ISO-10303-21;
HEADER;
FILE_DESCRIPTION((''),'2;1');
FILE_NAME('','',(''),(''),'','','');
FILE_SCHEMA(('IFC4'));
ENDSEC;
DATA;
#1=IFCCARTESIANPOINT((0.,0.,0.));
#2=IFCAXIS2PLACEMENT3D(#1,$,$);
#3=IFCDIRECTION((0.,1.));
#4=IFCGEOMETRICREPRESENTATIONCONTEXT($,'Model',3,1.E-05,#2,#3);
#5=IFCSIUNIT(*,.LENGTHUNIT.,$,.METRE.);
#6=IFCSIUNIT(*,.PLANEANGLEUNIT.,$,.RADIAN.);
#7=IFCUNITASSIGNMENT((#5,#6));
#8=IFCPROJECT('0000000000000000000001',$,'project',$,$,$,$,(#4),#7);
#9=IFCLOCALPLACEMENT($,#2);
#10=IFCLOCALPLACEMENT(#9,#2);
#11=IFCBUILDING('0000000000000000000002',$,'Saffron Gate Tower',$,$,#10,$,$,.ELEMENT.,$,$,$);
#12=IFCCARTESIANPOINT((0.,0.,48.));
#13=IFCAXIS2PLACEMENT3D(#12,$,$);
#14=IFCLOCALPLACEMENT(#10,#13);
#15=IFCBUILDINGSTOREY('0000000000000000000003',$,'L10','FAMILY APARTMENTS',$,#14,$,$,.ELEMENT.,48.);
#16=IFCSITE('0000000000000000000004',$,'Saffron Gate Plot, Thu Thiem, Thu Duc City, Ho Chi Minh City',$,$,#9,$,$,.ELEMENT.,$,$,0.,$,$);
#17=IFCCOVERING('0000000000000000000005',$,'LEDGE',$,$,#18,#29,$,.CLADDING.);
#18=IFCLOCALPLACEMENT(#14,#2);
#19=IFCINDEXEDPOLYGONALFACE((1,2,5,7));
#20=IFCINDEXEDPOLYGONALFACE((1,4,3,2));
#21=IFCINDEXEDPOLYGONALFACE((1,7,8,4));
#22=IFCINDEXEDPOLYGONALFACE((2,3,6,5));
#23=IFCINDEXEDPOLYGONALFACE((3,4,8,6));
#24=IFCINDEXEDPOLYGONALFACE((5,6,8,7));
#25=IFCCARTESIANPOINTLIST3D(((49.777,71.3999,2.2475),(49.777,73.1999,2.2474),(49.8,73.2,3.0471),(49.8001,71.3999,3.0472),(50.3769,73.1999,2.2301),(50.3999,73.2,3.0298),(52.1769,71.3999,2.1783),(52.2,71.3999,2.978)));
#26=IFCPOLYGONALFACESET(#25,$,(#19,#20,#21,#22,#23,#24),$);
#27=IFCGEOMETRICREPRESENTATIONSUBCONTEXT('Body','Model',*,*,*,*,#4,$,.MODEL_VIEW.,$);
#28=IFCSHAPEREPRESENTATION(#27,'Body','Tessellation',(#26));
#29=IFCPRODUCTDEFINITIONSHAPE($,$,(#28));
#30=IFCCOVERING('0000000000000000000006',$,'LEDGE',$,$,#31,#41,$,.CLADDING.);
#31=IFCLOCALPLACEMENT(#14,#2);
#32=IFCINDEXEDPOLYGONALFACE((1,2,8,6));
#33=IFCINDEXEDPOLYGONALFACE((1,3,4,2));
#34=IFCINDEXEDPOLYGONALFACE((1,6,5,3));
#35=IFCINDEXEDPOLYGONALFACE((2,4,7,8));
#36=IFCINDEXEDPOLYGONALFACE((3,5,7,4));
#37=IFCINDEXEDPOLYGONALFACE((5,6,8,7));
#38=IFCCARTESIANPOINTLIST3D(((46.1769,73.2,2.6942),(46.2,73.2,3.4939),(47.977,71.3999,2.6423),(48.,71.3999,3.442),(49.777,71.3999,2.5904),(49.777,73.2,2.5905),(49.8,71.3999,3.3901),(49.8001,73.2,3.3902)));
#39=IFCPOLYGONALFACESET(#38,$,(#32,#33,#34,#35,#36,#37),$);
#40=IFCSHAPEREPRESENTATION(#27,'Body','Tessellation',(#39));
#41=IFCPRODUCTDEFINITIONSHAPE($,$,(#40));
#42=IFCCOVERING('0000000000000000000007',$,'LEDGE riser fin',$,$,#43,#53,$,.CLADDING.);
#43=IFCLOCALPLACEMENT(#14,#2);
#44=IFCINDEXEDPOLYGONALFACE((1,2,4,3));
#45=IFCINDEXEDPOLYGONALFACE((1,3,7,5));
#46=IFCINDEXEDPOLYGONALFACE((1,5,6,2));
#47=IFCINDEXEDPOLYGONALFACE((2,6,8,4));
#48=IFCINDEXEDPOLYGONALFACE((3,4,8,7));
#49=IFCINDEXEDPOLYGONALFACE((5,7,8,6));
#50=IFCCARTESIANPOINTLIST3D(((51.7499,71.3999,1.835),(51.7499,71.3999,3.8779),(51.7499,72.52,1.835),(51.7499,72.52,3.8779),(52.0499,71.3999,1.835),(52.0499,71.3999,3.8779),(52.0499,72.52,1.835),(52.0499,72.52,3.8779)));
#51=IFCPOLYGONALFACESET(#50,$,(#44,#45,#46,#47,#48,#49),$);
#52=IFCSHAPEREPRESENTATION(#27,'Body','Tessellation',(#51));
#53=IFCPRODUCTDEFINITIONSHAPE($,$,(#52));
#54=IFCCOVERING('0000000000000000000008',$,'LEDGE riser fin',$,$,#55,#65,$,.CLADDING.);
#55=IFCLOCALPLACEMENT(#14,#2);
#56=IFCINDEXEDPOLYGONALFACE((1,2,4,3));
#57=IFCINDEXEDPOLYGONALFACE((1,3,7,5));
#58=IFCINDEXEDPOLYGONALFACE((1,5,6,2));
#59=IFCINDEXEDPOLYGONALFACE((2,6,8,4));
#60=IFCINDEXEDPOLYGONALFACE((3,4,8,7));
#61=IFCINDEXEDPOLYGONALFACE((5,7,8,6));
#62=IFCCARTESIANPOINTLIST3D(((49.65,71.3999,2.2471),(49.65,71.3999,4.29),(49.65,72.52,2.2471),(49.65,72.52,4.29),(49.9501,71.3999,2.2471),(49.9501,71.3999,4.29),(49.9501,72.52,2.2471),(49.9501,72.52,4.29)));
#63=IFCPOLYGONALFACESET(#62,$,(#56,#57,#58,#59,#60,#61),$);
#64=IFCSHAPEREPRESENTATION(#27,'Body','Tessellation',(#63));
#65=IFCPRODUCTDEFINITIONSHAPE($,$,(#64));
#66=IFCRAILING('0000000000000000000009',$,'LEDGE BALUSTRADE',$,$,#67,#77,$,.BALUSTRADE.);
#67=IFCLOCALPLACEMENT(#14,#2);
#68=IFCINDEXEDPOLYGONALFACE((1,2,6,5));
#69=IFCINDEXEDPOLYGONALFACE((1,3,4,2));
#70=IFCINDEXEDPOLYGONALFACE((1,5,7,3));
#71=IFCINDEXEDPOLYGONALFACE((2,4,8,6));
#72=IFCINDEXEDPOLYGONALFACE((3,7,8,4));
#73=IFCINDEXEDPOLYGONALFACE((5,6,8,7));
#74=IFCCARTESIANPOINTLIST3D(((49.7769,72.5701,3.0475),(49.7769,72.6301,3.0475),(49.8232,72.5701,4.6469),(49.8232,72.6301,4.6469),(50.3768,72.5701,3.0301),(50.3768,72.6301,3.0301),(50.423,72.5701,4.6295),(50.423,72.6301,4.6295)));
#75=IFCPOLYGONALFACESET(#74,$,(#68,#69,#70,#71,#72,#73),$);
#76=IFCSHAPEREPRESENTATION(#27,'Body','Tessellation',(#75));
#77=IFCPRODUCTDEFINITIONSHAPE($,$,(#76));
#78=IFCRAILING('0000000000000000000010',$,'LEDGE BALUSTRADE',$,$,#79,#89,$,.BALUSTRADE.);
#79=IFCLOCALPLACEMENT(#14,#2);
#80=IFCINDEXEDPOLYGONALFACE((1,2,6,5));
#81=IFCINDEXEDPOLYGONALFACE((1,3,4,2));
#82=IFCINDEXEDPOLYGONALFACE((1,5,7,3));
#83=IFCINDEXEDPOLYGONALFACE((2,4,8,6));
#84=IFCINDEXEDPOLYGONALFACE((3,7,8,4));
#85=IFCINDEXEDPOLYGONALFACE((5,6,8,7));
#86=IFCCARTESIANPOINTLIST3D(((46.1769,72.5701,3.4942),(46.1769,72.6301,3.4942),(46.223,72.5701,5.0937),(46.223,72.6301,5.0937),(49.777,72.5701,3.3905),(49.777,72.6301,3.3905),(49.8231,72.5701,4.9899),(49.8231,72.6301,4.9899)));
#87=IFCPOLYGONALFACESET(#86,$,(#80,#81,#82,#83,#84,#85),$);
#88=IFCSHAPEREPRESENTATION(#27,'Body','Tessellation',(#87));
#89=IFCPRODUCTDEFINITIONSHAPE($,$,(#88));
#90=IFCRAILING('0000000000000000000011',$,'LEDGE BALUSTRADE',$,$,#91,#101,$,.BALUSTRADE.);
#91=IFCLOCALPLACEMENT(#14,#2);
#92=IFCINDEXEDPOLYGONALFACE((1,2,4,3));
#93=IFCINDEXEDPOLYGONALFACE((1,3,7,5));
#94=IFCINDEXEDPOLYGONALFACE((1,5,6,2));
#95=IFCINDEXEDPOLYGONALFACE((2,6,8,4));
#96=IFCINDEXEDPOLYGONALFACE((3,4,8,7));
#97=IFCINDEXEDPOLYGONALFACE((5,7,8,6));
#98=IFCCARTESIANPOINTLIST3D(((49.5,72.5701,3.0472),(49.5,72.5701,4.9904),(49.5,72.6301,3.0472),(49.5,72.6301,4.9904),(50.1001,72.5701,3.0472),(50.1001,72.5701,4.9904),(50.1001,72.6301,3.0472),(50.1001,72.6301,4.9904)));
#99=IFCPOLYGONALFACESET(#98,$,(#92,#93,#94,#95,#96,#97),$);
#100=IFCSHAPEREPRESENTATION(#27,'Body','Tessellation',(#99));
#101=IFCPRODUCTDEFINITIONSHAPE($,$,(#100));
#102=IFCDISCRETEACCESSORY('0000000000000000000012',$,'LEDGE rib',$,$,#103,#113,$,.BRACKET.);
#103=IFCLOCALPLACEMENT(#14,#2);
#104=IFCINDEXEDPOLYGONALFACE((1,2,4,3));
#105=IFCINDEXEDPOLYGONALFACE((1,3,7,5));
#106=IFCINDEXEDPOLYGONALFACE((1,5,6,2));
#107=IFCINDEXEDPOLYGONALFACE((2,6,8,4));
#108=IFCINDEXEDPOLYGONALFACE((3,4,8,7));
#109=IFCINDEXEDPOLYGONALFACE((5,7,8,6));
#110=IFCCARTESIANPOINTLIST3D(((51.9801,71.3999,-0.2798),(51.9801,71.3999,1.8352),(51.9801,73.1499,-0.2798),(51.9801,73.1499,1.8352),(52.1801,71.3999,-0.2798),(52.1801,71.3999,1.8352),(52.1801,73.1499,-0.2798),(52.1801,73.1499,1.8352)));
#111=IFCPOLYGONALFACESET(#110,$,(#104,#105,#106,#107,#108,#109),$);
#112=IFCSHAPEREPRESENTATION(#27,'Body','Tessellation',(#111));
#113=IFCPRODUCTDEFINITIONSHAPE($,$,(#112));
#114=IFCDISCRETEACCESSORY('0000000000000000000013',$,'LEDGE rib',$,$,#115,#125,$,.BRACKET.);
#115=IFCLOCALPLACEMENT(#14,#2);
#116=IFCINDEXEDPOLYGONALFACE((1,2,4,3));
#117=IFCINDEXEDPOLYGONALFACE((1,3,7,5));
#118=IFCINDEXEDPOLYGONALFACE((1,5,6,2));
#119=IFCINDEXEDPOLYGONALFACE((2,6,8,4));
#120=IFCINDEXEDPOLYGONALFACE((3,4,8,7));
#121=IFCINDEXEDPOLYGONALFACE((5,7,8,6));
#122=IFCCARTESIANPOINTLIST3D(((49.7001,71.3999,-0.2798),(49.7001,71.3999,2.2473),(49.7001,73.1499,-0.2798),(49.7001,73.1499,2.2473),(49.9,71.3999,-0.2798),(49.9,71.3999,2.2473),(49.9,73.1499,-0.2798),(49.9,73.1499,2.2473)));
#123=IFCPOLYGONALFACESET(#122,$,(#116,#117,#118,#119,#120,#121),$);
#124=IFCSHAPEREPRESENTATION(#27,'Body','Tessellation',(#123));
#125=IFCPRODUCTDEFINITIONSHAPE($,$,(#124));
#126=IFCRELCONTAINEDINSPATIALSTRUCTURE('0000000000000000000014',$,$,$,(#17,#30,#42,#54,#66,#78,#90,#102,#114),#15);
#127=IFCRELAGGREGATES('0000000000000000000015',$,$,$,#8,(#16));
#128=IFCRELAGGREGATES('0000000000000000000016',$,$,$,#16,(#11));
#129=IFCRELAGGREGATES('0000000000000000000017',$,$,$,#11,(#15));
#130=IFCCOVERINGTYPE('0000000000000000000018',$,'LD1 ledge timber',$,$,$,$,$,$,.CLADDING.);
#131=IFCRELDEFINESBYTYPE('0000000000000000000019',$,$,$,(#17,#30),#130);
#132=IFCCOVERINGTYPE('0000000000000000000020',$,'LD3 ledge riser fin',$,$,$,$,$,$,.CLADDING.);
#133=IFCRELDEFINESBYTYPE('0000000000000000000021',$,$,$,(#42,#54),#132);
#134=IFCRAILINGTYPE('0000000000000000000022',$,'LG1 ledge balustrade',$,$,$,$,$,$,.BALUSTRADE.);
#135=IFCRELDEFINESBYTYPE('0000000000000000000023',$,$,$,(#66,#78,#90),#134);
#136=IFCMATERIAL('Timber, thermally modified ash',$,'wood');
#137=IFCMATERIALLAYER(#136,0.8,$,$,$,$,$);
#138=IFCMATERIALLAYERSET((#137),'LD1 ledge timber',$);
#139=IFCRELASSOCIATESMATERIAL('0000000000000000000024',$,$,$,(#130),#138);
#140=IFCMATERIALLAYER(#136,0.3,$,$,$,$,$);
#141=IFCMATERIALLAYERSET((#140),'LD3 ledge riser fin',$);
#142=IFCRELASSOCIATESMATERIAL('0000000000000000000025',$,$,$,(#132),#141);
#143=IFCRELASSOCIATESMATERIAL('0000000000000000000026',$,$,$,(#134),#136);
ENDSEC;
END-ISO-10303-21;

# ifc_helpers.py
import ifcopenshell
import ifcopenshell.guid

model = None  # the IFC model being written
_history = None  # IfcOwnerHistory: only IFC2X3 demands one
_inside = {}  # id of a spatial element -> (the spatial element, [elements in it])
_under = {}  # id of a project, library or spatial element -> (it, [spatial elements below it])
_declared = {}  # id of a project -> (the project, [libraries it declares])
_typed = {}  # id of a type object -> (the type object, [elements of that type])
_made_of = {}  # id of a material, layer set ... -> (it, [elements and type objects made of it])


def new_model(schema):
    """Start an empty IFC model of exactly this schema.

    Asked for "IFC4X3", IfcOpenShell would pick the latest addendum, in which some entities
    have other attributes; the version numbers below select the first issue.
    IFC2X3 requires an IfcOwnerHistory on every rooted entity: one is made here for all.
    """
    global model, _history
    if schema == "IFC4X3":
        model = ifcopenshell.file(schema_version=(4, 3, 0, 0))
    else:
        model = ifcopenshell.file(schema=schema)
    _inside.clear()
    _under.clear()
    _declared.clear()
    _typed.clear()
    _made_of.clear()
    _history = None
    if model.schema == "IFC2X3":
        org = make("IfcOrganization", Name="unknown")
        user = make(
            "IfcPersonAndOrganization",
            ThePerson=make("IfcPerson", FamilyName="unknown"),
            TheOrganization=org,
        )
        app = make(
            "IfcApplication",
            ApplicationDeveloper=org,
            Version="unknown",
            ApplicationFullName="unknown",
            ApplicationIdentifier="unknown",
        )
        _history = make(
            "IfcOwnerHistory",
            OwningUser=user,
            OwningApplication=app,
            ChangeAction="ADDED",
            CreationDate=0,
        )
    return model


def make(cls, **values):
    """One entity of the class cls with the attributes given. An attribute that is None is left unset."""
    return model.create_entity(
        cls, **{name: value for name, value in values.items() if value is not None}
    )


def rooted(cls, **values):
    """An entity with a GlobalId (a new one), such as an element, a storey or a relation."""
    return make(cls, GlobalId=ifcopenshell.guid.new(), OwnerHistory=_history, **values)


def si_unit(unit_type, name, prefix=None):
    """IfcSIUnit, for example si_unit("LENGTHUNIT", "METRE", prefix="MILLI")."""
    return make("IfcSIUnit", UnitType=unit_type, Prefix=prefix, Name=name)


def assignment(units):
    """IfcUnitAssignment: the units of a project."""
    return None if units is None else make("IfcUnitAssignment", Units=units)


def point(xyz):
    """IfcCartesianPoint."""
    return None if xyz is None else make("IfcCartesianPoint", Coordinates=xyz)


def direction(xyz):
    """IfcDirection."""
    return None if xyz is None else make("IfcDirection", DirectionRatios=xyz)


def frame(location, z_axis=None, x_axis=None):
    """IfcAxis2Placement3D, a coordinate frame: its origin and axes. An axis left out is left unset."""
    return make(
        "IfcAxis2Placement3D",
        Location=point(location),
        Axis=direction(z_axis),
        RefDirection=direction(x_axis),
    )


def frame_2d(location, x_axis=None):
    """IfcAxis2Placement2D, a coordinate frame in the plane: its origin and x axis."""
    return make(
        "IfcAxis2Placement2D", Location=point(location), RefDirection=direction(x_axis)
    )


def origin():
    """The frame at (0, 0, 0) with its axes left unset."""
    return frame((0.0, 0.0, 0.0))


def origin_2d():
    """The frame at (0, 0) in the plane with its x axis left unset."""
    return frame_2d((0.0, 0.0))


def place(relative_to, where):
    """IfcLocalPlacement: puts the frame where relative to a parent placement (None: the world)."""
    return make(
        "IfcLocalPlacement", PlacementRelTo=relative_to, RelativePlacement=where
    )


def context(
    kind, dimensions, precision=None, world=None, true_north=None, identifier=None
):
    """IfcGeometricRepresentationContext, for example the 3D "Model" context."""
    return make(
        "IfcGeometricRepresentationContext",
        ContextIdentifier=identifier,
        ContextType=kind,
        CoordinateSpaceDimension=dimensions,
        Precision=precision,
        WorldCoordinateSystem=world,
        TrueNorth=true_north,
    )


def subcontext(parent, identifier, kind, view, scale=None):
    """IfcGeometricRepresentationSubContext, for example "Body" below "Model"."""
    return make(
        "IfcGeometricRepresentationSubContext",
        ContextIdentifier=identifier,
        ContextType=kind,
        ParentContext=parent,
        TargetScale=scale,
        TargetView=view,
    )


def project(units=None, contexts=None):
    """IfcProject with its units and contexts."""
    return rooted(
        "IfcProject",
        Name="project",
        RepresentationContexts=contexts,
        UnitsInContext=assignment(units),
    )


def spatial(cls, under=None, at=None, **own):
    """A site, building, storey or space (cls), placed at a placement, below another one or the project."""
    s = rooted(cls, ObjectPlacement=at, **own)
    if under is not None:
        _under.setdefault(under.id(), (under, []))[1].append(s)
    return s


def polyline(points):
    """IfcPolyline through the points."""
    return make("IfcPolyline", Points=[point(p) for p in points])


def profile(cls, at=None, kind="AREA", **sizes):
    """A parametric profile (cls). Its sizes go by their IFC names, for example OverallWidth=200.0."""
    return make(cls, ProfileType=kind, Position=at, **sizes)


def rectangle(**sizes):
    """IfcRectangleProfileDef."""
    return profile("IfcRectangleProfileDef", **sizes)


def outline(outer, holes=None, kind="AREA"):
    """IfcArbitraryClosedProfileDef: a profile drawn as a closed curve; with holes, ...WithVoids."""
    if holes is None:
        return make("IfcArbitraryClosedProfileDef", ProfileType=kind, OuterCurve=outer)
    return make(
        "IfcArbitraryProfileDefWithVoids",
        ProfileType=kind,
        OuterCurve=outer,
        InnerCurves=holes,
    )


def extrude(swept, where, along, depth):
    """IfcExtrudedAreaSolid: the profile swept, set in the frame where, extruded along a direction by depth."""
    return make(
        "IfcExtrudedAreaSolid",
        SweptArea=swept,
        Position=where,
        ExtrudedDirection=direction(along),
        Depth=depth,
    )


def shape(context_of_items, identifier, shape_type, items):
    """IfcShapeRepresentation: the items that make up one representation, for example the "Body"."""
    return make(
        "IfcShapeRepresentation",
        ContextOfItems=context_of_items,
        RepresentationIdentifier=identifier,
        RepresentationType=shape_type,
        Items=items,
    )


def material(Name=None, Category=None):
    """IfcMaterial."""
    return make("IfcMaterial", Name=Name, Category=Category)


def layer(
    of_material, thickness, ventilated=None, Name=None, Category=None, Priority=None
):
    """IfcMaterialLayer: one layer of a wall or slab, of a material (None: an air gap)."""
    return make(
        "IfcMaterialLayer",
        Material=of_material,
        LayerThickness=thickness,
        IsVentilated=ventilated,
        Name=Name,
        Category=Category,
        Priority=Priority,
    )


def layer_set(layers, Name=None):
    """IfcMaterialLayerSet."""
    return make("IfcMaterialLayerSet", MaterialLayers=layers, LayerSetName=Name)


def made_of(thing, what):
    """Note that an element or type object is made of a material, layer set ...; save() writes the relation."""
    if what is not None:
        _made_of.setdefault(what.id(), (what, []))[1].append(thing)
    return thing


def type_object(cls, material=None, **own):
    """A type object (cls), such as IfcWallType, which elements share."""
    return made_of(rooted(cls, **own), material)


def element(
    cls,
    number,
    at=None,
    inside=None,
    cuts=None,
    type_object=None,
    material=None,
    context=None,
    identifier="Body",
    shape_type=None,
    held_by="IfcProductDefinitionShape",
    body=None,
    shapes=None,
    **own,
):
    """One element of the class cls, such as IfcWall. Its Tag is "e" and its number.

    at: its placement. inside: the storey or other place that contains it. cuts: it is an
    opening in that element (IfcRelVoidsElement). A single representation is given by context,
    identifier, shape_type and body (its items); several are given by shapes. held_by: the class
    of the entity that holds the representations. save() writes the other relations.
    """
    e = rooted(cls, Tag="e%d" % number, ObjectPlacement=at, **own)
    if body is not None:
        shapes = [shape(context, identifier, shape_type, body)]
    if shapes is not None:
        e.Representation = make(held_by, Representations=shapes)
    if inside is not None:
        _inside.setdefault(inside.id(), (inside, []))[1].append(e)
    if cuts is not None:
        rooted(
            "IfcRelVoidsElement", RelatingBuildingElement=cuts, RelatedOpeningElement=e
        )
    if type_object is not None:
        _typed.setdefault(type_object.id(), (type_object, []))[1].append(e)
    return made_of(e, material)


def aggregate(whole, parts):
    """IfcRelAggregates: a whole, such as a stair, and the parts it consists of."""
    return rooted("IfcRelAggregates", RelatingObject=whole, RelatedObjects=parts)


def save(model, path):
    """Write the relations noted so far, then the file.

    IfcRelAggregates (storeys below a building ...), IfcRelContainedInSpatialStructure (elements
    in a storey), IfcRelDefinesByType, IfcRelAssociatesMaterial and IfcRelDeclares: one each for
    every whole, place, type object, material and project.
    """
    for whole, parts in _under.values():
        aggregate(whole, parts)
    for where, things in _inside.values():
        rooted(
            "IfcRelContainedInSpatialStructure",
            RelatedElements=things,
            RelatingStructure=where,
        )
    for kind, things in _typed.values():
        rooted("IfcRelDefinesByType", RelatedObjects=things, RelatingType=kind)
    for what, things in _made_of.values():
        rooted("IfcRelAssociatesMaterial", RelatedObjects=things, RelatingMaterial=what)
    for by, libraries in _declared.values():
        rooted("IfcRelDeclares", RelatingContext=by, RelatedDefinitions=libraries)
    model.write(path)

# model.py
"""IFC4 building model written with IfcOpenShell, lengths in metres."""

from ifc_helpers import new_model, si_unit, direction, frame, origin, origin_2d, place, context, subcontext, project, spatial, polyline, rectangle, outline, extrude, material, layer, layer_set, type_object, element, save


model = new_model("IFC4")

# Units and contexts
model_context = context("Model", 3, precision=1e-05, world=origin(), true_north=direction((0.0, 1.0)))
body_context = subcontext(model_context, "Body", "Model", "MODEL_VIEW")
ifc_project = project(units=[si_unit("LENGTHUNIT", "METRE"), si_unit("PLANEANGLEUNIT", "RADIAN")], contexts=[model_context])

# Site, building, storey
site_placement = place(None, origin())
site = spatial("IfcSite", under=ifc_project, at=site_placement, Name="Saffron Gate Plot, Thu Thiem, Thu Duc City, Ho Chi Minh City", CompositionType="ELEMENT", RefElevation=0.0)
building_placement = place(site_placement, origin())
building = spatial("IfcBuilding", under=site, at=building_placement, Name="Saffron Gate Tower", CompositionType="ELEMENT")
storey_placement = place(building_placement, frame((0.0, 0.0, 48.0)))
storey = spatial("IfcBuildingStorey", under=building, at=storey_placement, Name="L10", Description="FAMILY APARTMENTS", CompositionType="ELEMENT", Elevation=48.0)

# Coverings
ifc_material_1 = material(Name="Timber, thermally modified ash", Category="wood")
ifc_layer_1 = layer(ifc_material_1, 0.8)
ifc_layer_set_1 = layer_set([ifc_layer_1], Name="LD1 ledge timber")
covering_type_1 = type_object("IfcCoveringType", Name="LD1 ledge timber", PredefinedType="CLADDING", material=ifc_layer_set_1)
covering_1_placement = place(storey_placement, frame((52.2, 71.3999, 2.978), z_axis=(0.028799, 0.000029, 0.999585), x_axis=(-0.999585, 0.0, 0.028799)))
element("IfcCovering", 1, at=covering_1_placement, inside=storey, type_object=covering_type_1, Name="LEDGE", PredefinedType="CLADDING", context=body_context, shape_type="SweptSolid", body=[
    extrude(outline(polyline([(0.0, 0.0), (2.4009, 0.0), (2.4009, -1.8), (1.8008, -1.8), (0.0, 0.0)])), origin(), (0.0, 0.0, -1.0), 0.8),
])
covering_2_placement = place(storey_placement, frame((49.8, 71.3999, 3.3901), z_axis=(0.028787, -0.000045, 0.999586), x_axis=(-0.999586, 0.0, 0.028787)))
element("IfcCovering", 2, at=covering_2_placement, inside=storey, type_object=covering_type_1, Name="LEDGE", PredefinedType="CLADDING", context=body_context, shape_type="SweptSolid", body=[
    extrude(outline(polyline([(0.0, 0.0), (1.8008, 0.0), (3.6016, -1.8), (0.0, -1.8), (0.0, 0.0)])), origin(), (0.0, 0.0, -1.0), 0.8),
])
ifc_layer_2 = layer(ifc_material_1, 0.3)
ifc_layer_set_2 = layer_set([ifc_layer_2], Name="LD3 ledge riser fin")
covering_type_2 = type_object("IfcCoveringType", Name="LD3 ledge riser fin", PredefinedType="CLADDING", material=ifc_layer_set_2)
for number, where, z_axis, x_axis, name in (
    (3, (51.8999, 71.96, 1.835), (0.0, 0.0, 1.0), (-1.0, 0.0, 0.0), "LEDGE riser fin"),
    (4, (49.8, 71.96, 2.2471), (0.0, 0.0, 1.0), (-1.0, 0.0, 0.0), "LEDGE riser fin"),
):
    element("IfcCovering", number, at=place(storey_placement, frame(where, z_axis=z_axis, x_axis=x_axis)), inside=storey, type_object=covering_type_2, Name=name, PredefinedType="CLADDING", context=body_context, shape_type="SweptSolid", body=[
        extrude(rectangle(XDim=0.3, YDim=1.1201, at=origin_2d()), origin(), (0.0, 0.0, 1.0), 2.043),
    ])

# Railings
railing_type = type_object("IfcRailingType", Name="LG1 ledge balustrade", PredefinedType="BALUSTRADE", material=ifc_material_1)
railing_1_placement = place(storey_placement, frame((50.3999, 72.6001, 3.0298)))
element("IfcRailing", 5, at=railing_1_placement, inside=storey, type_object=railing_type, Name="LEDGE BALUSTRADE", PredefinedType="BALUSTRADE", context=body_context, shape_type="SweptSolid", body=[
    extrude(rectangle(XDim=0.0601, YDim=1.6001, at=origin_2d()), frame((0.0, 0.0, 0.8), z_axis=(-0.999583, 0.0, 0.028885), x_axis=(0.0, -1.0, 0.0)), (0.0, 0.0, 1.0), 0.6001),
])
railing_2_placement = place(storey_placement, frame((49.8, 72.6001, 3.3901)))
element("IfcRailing", 6, at=railing_2_placement, inside=storey, type_object=railing_type, Name="LEDGE BALUSTRADE", PredefinedType="BALUSTRADE", context=body_context, shape_type="SweptSolid", body=[
    extrude(rectangle(XDim=0.0601, YDim=1.6001, at=origin_2d()), frame((0.0, 0.0, 0.8), z_axis=(-0.999585, 0.0, 0.028809), x_axis=(0.0, -1.0, 0.0)), (0.0, 0.0, 1.0), 3.6016),
])
railing_3_placement = place(storey_placement, frame((50.1001, 72.6001, 3.0471)))
element("IfcRailing", 7, at=railing_3_placement, inside=storey, type_object=railing_type, Name="LEDGE BALUSTRADE", PredefinedType="BALUSTRADE", context=body_context, shape_type="SweptSolid", body=[
    extrude(rectangle(XDim=0.0601, YDim=1.9431, at=origin_2d()), frame((0.0, 0.0, 0.9717), z_axis=(-1.0, 0.0, 0.0), x_axis=(0.0, -1.0, 0.0)), (0.0, 0.0, 1.0), 0.6001),
])

# Discrete accessories
discrete_accessory_1_placement = place(storey_placement, frame((52.0801, 72.2749, -0.2798), z_axis=(0.0, 0.0, 1.0), x_axis=(-1.0, 0.0, 0.0)))
element("IfcDiscreteAccessory", 8, at=discrete_accessory_1_placement, inside=storey, Name="LEDGE rib", PredefinedType="BRACKET", context=body_context, shape_type="SweptSolid", body=[
    extrude(rectangle(XDim=0.2, YDim=1.75, at=origin_2d()), origin(), (0.0, 0.0, 1.0), 2.115),
])
discrete_accessory_2_placement = place(storey_placement, frame((49.8, 72.2749, -0.2798), z_axis=(0.0, 0.0, 1.0), x_axis=(-1.0, 0.0, 0.0)))
element("IfcDiscreteAccessory", 9, at=discrete_accessory_2_placement, inside=storey, Name="LEDGE rib", PredefinedType="BRACKET", context=body_context, shape_type="SweptSolid", body=[
    extrude(rectangle(XDim=0.2, YDim=1.75, at=origin_2d()), origin(), (0.0, 0.0, 1.0), 2.5271),
])

save(model, "model.ifc")
